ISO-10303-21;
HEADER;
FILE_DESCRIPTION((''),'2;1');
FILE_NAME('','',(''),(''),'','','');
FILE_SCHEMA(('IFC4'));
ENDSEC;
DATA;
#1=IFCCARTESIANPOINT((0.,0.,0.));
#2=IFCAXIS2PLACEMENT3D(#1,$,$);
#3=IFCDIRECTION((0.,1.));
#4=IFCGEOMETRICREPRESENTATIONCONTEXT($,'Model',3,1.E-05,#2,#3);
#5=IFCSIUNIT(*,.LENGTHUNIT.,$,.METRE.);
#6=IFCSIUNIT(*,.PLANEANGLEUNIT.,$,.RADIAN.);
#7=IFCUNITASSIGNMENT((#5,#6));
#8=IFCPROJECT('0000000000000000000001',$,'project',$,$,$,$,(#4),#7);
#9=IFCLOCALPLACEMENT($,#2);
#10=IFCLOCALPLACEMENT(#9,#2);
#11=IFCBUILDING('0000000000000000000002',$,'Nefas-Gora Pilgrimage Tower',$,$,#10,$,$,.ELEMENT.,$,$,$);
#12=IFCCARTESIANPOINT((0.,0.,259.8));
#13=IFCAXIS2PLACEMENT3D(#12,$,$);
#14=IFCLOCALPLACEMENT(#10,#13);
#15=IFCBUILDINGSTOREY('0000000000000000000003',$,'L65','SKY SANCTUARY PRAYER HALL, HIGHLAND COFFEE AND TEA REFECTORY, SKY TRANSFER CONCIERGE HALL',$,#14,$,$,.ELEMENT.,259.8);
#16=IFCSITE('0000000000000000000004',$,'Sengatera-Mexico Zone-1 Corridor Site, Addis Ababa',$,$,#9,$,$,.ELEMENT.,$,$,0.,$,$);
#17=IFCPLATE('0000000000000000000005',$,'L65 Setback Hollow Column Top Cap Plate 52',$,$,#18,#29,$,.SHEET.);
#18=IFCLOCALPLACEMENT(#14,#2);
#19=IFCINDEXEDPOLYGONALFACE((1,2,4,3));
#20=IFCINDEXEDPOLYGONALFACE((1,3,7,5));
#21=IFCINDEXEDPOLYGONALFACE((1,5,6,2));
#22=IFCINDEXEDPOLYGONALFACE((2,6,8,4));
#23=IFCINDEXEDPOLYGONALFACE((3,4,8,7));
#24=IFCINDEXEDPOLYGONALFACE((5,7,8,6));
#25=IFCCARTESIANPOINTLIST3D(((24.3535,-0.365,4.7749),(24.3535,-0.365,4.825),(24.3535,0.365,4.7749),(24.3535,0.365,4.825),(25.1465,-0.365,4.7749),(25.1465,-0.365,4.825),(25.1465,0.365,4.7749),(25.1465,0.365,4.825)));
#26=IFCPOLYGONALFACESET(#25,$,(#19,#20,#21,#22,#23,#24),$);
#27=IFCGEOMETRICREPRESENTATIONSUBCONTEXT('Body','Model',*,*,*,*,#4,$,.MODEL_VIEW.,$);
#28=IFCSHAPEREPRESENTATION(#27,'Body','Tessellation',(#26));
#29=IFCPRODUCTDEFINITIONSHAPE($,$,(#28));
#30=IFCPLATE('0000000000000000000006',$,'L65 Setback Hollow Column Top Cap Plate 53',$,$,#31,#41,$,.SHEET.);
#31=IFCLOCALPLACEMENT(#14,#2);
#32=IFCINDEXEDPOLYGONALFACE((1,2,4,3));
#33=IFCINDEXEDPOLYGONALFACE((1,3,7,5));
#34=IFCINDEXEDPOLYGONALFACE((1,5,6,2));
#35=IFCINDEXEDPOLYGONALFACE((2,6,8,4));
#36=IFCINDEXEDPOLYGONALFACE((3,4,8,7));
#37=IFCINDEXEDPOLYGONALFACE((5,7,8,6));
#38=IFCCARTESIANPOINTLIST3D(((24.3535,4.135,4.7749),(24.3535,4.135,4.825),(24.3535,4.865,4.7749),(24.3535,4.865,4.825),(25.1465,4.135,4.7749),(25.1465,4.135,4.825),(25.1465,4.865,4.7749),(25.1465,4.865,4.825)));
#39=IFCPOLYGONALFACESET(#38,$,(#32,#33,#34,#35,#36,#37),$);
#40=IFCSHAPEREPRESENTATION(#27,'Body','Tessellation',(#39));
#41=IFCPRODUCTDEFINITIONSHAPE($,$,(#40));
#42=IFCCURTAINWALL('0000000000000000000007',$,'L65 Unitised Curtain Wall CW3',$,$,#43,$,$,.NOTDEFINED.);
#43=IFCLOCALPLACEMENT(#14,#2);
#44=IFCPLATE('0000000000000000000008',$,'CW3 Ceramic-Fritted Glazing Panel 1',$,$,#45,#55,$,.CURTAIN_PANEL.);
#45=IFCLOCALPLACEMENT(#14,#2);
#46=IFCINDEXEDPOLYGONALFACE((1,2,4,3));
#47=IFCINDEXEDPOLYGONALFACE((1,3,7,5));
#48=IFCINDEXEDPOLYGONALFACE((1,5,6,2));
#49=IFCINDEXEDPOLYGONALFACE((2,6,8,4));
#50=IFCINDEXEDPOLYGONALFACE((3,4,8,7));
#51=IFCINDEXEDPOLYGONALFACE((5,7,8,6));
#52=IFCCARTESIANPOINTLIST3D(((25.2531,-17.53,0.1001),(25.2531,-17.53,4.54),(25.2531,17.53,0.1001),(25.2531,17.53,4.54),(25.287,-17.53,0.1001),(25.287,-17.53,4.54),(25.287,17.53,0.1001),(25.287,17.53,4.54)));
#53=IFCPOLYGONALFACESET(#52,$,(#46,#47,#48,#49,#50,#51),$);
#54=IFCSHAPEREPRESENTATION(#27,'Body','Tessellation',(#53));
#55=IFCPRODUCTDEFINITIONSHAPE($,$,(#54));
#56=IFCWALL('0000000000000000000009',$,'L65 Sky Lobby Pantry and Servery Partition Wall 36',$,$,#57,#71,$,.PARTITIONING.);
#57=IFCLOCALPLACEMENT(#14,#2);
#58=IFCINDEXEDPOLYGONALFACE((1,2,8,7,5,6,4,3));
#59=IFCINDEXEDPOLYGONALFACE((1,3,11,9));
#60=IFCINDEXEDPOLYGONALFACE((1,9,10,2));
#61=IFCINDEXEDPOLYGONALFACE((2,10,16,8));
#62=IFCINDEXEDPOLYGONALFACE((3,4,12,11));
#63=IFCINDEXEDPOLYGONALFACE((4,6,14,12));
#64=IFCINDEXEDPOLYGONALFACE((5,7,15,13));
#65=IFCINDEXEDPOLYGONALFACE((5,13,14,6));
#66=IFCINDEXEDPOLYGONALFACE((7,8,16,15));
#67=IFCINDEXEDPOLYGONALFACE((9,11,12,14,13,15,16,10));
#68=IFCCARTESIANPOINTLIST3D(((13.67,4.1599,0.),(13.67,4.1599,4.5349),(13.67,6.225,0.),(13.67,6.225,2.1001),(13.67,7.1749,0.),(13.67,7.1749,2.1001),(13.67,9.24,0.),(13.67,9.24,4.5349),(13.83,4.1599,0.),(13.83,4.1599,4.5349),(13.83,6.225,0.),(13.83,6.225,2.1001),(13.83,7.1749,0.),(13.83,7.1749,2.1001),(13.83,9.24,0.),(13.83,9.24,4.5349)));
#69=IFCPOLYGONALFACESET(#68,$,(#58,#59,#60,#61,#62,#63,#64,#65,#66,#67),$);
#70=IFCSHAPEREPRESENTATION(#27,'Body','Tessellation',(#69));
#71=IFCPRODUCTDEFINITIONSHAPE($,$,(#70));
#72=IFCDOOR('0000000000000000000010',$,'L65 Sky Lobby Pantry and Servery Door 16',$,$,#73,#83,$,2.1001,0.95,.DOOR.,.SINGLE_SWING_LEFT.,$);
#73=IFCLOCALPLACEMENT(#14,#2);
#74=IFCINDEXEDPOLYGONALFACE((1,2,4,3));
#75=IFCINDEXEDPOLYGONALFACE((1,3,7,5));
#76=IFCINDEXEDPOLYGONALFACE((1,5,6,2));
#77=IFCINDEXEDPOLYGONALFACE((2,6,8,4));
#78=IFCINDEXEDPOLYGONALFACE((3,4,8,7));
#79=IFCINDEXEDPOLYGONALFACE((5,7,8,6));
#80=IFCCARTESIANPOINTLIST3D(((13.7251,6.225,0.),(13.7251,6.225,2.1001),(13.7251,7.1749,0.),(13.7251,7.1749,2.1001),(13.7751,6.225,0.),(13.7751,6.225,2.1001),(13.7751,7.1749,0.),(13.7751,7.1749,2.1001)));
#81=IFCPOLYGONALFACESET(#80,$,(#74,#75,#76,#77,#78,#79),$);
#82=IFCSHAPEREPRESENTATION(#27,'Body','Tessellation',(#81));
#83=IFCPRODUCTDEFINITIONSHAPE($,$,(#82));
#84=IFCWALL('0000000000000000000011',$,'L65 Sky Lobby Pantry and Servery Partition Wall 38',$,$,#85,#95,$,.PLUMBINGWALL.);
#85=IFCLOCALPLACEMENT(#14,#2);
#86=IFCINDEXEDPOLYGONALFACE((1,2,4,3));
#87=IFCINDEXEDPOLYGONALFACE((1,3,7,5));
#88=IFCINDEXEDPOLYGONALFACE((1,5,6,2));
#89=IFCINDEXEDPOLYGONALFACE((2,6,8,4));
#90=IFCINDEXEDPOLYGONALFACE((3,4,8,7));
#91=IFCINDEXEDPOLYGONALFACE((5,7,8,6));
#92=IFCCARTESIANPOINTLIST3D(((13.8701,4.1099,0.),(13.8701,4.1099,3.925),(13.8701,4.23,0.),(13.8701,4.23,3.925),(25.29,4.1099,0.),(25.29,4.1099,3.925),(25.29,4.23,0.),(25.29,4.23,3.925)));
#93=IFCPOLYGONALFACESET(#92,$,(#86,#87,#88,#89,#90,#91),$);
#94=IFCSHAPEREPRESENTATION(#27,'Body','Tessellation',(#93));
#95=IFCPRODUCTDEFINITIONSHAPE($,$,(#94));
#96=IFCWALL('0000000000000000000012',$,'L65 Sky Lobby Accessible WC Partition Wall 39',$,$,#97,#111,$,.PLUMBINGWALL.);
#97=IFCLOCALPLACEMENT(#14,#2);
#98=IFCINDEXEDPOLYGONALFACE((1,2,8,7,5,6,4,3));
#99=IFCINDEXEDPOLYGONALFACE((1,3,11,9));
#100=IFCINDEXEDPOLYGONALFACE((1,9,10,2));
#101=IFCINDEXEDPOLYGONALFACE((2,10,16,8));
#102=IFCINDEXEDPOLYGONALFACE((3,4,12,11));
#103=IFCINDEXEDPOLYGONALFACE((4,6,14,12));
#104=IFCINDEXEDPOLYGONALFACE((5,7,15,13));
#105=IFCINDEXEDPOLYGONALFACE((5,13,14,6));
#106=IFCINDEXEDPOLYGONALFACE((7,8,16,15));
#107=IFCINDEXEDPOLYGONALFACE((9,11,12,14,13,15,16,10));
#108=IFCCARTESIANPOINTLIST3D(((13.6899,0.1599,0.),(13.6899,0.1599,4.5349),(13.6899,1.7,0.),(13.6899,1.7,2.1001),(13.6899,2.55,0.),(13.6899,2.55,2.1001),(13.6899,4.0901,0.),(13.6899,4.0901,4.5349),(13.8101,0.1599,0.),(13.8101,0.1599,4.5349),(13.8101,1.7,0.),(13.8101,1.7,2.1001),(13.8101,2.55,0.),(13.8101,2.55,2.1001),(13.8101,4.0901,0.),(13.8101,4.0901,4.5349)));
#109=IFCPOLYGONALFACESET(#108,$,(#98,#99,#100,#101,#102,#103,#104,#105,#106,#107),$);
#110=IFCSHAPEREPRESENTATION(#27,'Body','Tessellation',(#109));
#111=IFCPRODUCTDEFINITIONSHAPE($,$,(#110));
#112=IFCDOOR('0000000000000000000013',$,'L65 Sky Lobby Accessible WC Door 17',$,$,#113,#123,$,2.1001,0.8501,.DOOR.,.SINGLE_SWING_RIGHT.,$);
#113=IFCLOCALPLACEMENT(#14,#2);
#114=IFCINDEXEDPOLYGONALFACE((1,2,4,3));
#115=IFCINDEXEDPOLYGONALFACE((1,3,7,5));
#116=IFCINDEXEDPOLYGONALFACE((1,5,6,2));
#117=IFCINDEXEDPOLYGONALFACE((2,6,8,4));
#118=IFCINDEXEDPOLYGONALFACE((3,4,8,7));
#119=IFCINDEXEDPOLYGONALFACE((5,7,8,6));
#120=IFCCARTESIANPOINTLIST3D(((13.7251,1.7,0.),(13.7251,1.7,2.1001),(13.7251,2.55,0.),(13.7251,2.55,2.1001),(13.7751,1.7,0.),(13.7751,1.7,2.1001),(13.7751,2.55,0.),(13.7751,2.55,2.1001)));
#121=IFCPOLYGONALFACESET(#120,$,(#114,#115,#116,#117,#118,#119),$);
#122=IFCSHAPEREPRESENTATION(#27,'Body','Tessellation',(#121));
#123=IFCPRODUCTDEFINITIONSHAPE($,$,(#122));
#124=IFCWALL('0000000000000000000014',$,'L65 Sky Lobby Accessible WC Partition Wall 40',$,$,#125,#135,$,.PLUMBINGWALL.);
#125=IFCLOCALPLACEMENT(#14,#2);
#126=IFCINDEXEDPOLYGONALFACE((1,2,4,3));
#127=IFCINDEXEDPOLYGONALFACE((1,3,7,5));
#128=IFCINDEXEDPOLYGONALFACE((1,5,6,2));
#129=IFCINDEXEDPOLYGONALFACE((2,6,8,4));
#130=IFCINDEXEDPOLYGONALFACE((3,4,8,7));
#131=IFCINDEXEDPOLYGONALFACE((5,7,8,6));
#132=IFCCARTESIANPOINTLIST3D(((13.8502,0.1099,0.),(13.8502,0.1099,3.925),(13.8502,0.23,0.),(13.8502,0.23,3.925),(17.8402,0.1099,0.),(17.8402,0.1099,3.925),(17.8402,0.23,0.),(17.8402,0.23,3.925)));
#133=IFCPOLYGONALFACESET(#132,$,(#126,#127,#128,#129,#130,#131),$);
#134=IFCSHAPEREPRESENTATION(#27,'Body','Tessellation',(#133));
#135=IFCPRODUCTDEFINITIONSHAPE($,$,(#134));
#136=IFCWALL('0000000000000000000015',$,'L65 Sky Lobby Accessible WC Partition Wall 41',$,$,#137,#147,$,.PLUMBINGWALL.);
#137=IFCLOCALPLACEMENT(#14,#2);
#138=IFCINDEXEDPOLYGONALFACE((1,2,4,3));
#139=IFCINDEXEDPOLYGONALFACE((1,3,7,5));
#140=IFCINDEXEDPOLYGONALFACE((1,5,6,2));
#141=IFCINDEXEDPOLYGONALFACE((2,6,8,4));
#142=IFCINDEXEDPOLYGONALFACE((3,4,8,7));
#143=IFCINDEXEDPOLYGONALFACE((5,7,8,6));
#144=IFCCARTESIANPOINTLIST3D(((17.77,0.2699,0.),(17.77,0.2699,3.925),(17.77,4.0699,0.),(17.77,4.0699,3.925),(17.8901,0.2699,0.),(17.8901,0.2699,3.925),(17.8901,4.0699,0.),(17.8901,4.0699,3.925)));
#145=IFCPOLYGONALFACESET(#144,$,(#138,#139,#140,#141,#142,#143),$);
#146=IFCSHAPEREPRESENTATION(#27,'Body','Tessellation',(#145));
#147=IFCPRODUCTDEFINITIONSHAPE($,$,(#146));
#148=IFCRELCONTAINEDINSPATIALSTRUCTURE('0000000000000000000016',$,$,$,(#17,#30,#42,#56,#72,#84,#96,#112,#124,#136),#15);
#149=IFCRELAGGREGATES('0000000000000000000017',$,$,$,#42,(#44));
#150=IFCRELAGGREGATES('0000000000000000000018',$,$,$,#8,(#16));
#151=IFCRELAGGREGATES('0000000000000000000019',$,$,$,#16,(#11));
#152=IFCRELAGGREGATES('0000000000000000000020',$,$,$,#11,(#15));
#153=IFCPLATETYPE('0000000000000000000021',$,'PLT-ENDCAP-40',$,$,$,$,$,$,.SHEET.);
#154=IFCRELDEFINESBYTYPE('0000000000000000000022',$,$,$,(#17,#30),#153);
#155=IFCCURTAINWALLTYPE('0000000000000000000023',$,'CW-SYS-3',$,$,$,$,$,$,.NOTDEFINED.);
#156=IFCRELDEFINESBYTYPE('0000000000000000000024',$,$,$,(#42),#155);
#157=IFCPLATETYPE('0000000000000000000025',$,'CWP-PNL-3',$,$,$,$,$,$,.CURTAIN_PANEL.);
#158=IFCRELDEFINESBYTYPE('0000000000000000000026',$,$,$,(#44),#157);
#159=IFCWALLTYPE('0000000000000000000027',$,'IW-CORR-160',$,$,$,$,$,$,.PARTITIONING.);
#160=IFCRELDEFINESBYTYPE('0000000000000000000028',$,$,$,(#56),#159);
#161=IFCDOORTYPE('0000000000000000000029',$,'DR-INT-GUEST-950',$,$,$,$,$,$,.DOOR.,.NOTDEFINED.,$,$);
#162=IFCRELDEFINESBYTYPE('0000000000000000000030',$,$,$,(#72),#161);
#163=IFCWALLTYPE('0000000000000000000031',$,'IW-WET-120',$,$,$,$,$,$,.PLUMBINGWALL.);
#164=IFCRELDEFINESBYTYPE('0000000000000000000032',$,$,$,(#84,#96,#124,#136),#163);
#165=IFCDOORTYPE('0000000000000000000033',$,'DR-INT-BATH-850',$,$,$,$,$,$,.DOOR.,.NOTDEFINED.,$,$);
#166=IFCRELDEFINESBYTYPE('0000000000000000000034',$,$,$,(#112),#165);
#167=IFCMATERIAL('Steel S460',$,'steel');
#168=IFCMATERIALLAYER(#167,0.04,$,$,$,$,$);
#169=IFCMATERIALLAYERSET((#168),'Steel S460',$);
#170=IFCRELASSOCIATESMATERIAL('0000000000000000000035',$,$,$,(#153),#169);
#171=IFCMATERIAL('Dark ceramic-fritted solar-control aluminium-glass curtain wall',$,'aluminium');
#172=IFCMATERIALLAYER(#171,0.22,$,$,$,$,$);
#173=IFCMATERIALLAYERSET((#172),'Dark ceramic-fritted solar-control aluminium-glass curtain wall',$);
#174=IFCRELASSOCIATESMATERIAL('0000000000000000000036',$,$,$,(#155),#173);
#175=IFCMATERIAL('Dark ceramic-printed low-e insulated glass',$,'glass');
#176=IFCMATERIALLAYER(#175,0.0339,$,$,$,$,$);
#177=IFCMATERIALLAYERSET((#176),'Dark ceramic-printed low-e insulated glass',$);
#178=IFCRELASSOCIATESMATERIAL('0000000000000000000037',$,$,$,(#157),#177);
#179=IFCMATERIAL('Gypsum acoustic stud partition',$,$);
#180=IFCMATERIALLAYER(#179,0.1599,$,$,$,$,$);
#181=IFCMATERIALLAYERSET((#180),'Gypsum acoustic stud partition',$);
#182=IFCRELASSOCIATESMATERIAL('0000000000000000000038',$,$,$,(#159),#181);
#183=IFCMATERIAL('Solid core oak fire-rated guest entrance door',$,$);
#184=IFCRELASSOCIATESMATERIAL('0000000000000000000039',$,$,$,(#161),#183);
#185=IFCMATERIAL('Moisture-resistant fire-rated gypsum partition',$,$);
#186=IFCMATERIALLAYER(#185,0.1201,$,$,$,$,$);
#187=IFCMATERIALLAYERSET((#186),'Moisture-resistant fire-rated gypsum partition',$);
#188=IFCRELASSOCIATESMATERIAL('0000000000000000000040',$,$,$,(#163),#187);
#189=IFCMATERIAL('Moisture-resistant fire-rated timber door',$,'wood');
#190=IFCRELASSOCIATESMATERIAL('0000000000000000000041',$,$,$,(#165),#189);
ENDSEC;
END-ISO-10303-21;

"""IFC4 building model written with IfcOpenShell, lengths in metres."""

from ifc_helpers import new_model, si_unit, direction, frame, frame_2d, origin, origin_2d, place, context, subcontext, project, spatial, rectangle, extrude, source, transform, mapped, material, layer, layer_set, type_object, element, fill, aggregate, save


model = new_model("IFC4")

# Units and contexts
model_context = context("Model", 3, precision=1e-05, world=origin(), true_north=direction((0.0, 1.0)))
body_context = subcontext(model_context, "Body", "Model", "MODEL_VIEW")
ifc_project = project(units=[si_unit("LENGTHUNIT", "METRE"), si_unit("PLANEANGLEUNIT", "RADIAN")], contexts=[model_context])

# Site, building, storey
site_placement = place(None, origin())
site = spatial("IfcSite", under=ifc_project, at=site_placement, Name="Sengatera-Mexico Zone-1 Corridor Site, Addis Ababa", CompositionType="ELEMENT", RefElevation=0.0)
building_placement = place(site_placement, origin())
building = spatial("IfcBuilding", under=site, at=building_placement, Name="Nefas-Gora Pilgrimage Tower", CompositionType="ELEMENT")
storey_placement = place(building_placement, frame((0.0, 0.0, 259.8)))
storey = spatial("IfcBuildingStorey", under=building, at=storey_placement, Name="L65", Description="SKY SANCTUARY PRAYER HALL, HIGHLAND COFFEE AND TEA REFECTORY, SKY TRANSFER CONCIERGE HALL", CompositionType="ELEMENT", Elevation=259.8)

# Shared definitions
ifc_material_1 = material(Name="Steel S460", Category="steel")

# Plates
ifc_layer_1 = layer(ifc_material_1, 0.04)
ifc_layer_set_1 = layer_set([ifc_layer_1], Name="Steel S460")
plate_type_1 = type_object("IfcPlateType", Name="PLT-ENDCAP-40", PredefinedType="SHEET", material=ifc_layer_set_1)
shared_shape_1 = source(origin(), body_context, "Body", "SweptSolid", [
    extrude(rectangle(XDim=0.793, YDim=0.73, at=origin_2d()), origin(), (0.0, 0.0, 1.0), 0.05),
])
for number, where, z_axis, x_axis, name in (
    (1, (24.75, 0.0, 4.7749), (0.0, 0.0, 1.0), (1.0, 0.0, 0.0), "L65 Setback Hollow Column Top Cap Plate 52"),
    (2, (24.75, 4.5, 4.7749), (0.0, 0.0, 1.0), (1.0, 0.0, 0.0), "L65 Setback Hollow Column Top Cap Plate 53"),
):
    element("IfcPlate", number, at=place(storey_placement, frame(where, z_axis=z_axis, x_axis=x_axis)), inside=storey, type_object=plate_type_1, Name=name, PredefinedType="SHEET", context=body_context, shape_type="MappedRepresentation", body=[
        mapped(shared_shape_1, transform((0.0, 0.0, 0.0), x_axis=(1.0, 0.0, 0.0), y_axis=(0.0, 1.0, 0.0), z_axis=(0.0, 0.0, 1.0), scale=1.0)),
    ])

# Curtain wall, plate
ifc_material_2 = material(Name="Dark ceramic-fritted solar-control aluminium-glass curtain wall", Category="aluminium")
ifc_layer_2 = layer(ifc_material_2, 0.22)
ifc_layer_set_2 = layer_set([ifc_layer_2], Name="Dark ceramic-fritted solar-control aluminium-glass curtain wall")
curtain_wall_type = type_object("IfcCurtainWallType", Name="CW-SYS-3", PredefinedType="NOTDEFINED", material=ifc_layer_set_2)
curtain_wall_placement = place(storey_placement, origin())
curtain_wall = element("IfcCurtainWall", 3, at=curtain_wall_placement, inside=storey, type_object=curtain_wall_type, Name="L65 Unitised Curtain Wall CW3", PredefinedType="NOTDEFINED")
ifc_material_3 = material(Name="Dark ceramic-printed low-e insulated glass", Category="glass")
ifc_layer_3 = layer(ifc_material_3, 0.0339)
ifc_layer_set_3 = layer_set([ifc_layer_3], Name="Dark ceramic-printed low-e insulated glass")
plate_type_2 = type_object("IfcPlateType", Name="CWP-PNL-3", PredefinedType="CURTAIN_PANEL", material=ifc_layer_set_3)
shared_shape_2 = source(origin(), body_context, "Body", "SweptSolid", [
    extrude(rectangle(XDim=35.0601, YDim=0.0339, at=origin_2d()), origin(), (0.0, 0.0, 1.0), 4.4399),
])
plate_placement = place(storey_placement, frame((25.27, 0.0, 0.1001), z_axis=(0.0, 0.0, 1.0), x_axis=(0.0, 1.0, 0.0)))
plate = element("IfcPlate", 4, at=plate_placement, type_object=plate_type_2, Name="CW3 Ceramic-Fritted Glazing Panel 1", PredefinedType="CURTAIN_PANEL", context=body_context, shape_type="MappedRepresentation", body=[
    mapped(shared_shape_2, transform((0.0, 0.0, 0.0), x_axis=(1.0, 0.0, 0.0), y_axis=(0.0, 1.0, 0.0), z_axis=(0.0, 0.0, 1.0), scale=1.0)),
])
aggregate(curtain_wall, [plate])

# Wall, opening, door
ifc_material_4 = material(Name="Gypsum acoustic stud partition")
ifc_layer_4 = layer(ifc_material_4, 0.1599)
ifc_layer_set_4 = layer_set([ifc_layer_4], Name="Gypsum acoustic stud partition")
wall_type_1 = type_object("IfcWallType", Name="IW-CORR-160", PredefinedType="PARTITIONING", material=ifc_layer_set_4)
shared_shape_3 = source(origin(), body_context, "Body", "SweptSolid", [
    extrude(rectangle(XDim=5.0801, YDim=0.1599, at=frame_2d((2.54, 0.0))), origin(), (0.0, 0.0, 1.0), 4.5349),
])
wall_1_placement = place(storey_placement, frame((13.75, 4.1599, 0.0), z_axis=(0.0, 0.0, 1.0), x_axis=(0.0, 1.0, 0.0)))
wall_1 = element("IfcWall", 5, at=wall_1_placement, inside=storey, type_object=wall_type_1, Name="L65 Sky Lobby Pantry and Servery Partition Wall 36", PredefinedType="PARTITIONING", context=body_context, shape_type="MappedRepresentation", body=[
    mapped(shared_shape_3, transform((0.0, 0.0, 0.0), x_axis=(1.0, 0.0, 0.0), y_axis=(0.0, 1.0, 0.0), z_axis=(0.0, 0.0, 1.0), scale=1.0)),
])
opening_1_placement = place(wall_1_placement, frame((2.0649, 0.0, 0.0)))
opening_1 = element("IfcOpeningElement", 6, at=opening_1_placement, cuts=wall_1, PredefinedType="OPENING", context=body_context, shape_type="SweptSolid", body=[
    extrude(rectangle(XDim=0.95, YDim=2.1001, at=frame_2d((0.4751, 1.05))), frame((0.0, 0.0898, 0.0), z_axis=(0.0, -1.0, 0.0), x_axis=(1.0, 0.0, 0.0)), (0.0, 0.0, 1.0), 0.1799),
])
ifc_material_5 = material(Name="Solid core oak fire-rated guest entrance door")
door_type_1 = type_object("IfcDoorType", Name="DR-INT-GUEST-950", OperationType="NOTDEFINED", PredefinedType="DOOR", material=ifc_material_5)
shared_shape_4 = source(origin(), body_context, "Body", "SweptSolid", [
    extrude(rectangle(XDim=0.95, YDim=2.1001, at=frame_2d((0.4751, 1.05))), frame((0.0, 0.0249, 0.0), z_axis=(0.0, -1.0, 0.0), x_axis=(1.0, 0.0, 0.0)), (0.0, 0.0, 1.0), 0.05),
])
door_1_placement = place(opening_1_placement, origin())
door_1 = element("IfcDoor", 7, at=door_1_placement, inside=storey, type_object=door_type_1, Name="L65 Sky Lobby Pantry and Servery Door 16", OperationType="SINGLE_SWING_LEFT", OverallHeight=2.1001, OverallWidth=0.95, PredefinedType="DOOR", context=body_context, shape_type="MappedRepresentation", body=[
    mapped(shared_shape_4, transform((0.0, 0.0, 0.0), x_axis=(1.0, 0.0, 0.0), y_axis=(0.0, 1.0, 0.0), z_axis=(0.0, 0.0, 1.0), scale=1.0)),
])
fill(opening_1, door_1)

# Wall
ifc_material_6 = material(Name="Moisture-resistant fire-rated gypsum partition")
ifc_layer_5 = layer(ifc_material_6, 0.1201)
ifc_layer_set_5 = layer_set([ifc_layer_5], Name="Moisture-resistant fire-rated gypsum partition")
wall_type_2 = type_object("IfcWallType", Name="IW-WET-120", PredefinedType="PLUMBINGWALL", material=ifc_layer_set_5)
shared_shape_5 = source(origin(), body_context, "Body", "SweptSolid", [
    extrude(rectangle(XDim=11.4199, YDim=0.1201, at=frame_2d((5.71, 0.0))), origin(), (0.0, 0.0, 1.0), 3.925),
])
wall_2_placement = place(storey_placement, frame((13.8701, 4.1699, 0.0), z_axis=(0.0, 0.0, 1.0), x_axis=(1.0, 0.0, 0.0)))
element("IfcWall", 8, at=wall_2_placement, inside=storey, type_object=wall_type_2, Name="L65 Sky Lobby Pantry and Servery Partition Wall 38", PredefinedType="PLUMBINGWALL", context=body_context, shape_type="MappedRepresentation", body=[
    mapped(shared_shape_5, transform((0.0, 0.0, 0.0), x_axis=(1.0, 0.0, 0.0), y_axis=(0.0, 1.0, 0.0), z_axis=(0.0, 0.0, 1.0), scale=1.0)),
])

# Wall, opening, door
shared_shape_6 = source(origin(), body_context, "Body", "SweptSolid", [
    extrude(rectangle(XDim=3.9302, YDim=0.1201, at=frame_2d((1.9651, 0.0))), origin(), (0.0, 0.0, 1.0), 4.5349),
])
wall_3_placement = place(storey_placement, frame((13.75, 0.1599, 0.0), z_axis=(0.0, 0.0, 1.0), x_axis=(0.0, 1.0, 0.0)))
wall_3 = element("IfcWall", 9, at=wall_3_placement, inside=storey, type_object=wall_type_2, Name="L65 Sky Lobby Accessible WC Partition Wall 39", PredefinedType="PLUMBINGWALL", context=body_context, shape_type="MappedRepresentation", body=[
    mapped(shared_shape_6, transform((0.0, 0.0, 0.0), x_axis=(1.0, 0.0, 0.0), y_axis=(0.0, 1.0, 0.0), z_axis=(0.0, 0.0, 1.0), scale=1.0)),
])
opening_2_placement = place(wall_3_placement, frame((1.54, 0.0, 0.0)))
opening_2 = element("IfcOpeningElement", 10, at=opening_2_placement, cuts=wall_3, PredefinedType="OPENING", context=body_context, shape_type="SweptSolid", body=[
    extrude(rectangle(XDim=0.8501, YDim=2.1001, at=frame_2d((0.425, 1.05))), frame((0.0, 0.0701, 0.0), z_axis=(0.0, -1.0, 0.0), x_axis=(1.0, 0.0, 0.0)), (0.0, 0.0, 1.0), 0.1401),
])
ifc_material_7 = material(Name="Moisture-resistant fire-rated timber door", Category="wood")
door_type_2 = type_object("IfcDoorType", Name="DR-INT-BATH-850", OperationType="NOTDEFINED", PredefinedType="DOOR", material=ifc_material_7)
shared_shape_7 = source(origin(), body_context, "Body", "SweptSolid", [
    extrude(rectangle(XDim=0.8501, YDim=2.1001, at=frame_2d((0.425, 1.05))), frame((0.0, 0.0249, 0.0), z_axis=(0.0, -1.0, 0.0), x_axis=(1.0, 0.0, 0.0)), (0.0, 0.0, 1.0), 0.05),
])
door_2_placement = place(opening_2_placement, origin())
door_2 = element("IfcDoor", 11, at=door_2_placement, inside=storey, type_object=door_type_2, Name="L65 Sky Lobby Accessible WC Door 17", OperationType="SINGLE_SWING_RIGHT", OverallHeight=2.1001, OverallWidth=0.8501, PredefinedType="DOOR", context=body_context, shape_type="MappedRepresentation", body=[
    mapped(shared_shape_7, transform((0.0, 0.0, 0.0), x_axis=(1.0, 0.0, 0.0), y_axis=(0.0, 1.0, 0.0), z_axis=(0.0, 0.0, 1.0), scale=1.0)),
])
fill(opening_2, door_2)

# Walls
shared_shape_8 = source(origin(), body_context, "Body", "SweptSolid", [
    extrude(rectangle(XDim=3.99, YDim=0.1201, at=frame_2d((1.9951, 0.0))), origin(), (0.0, 0.0, 1.0), 3.925),
])
wall_4_placement = place(storey_placement, frame((13.8501, 0.1699, 0.0), z_axis=(0.0, 0.0, 1.0), x_axis=(1.0, 0.0, 0.0)))
element("IfcWall", 12, at=wall_4_placement, inside=storey, type_object=wall_type_2, Name="L65 Sky Lobby Accessible WC Partition Wall 40", PredefinedType="PLUMBINGWALL", context=body_context, shape_type="MappedRepresentation", body=[
    mapped(shared_shape_8, transform((0.0, 0.0, 0.0), x_axis=(1.0, 0.0, 0.0), y_axis=(0.0, 1.0, 0.0), z_axis=(0.0, 0.0, 1.0), scale=1.0)),
])
shared_shape_9 = source(origin(), body_context, "Body", "SweptSolid", [
    extrude(rectangle(XDim=3.8, YDim=0.1201, at=frame_2d((1.8999, 0.0))), origin(), (0.0, 0.0, 1.0), 3.925),
])
wall_5_placement = place(storey_placement, frame((17.8301, 0.27, 0.0), z_axis=(0.0, 0.0, 1.0), x_axis=(0.0, 1.0, 0.0)))
element("IfcWall", 13, at=wall_5_placement, inside=storey, type_object=wall_type_2, Name="L65 Sky Lobby Accessible WC Partition Wall 41", PredefinedType="PLUMBINGWALL", context=body_context, shape_type="MappedRepresentation", body=[
    mapped(shared_shape_9, transform((0.0, 0.0, 0.0), x_axis=(1.0, 0.0, 0.0), y_axis=(0.0, 1.0, 0.0), z_axis=(0.0, 0.0, 1.0), scale=1.0)),
])

save(model, "model.ifc")
